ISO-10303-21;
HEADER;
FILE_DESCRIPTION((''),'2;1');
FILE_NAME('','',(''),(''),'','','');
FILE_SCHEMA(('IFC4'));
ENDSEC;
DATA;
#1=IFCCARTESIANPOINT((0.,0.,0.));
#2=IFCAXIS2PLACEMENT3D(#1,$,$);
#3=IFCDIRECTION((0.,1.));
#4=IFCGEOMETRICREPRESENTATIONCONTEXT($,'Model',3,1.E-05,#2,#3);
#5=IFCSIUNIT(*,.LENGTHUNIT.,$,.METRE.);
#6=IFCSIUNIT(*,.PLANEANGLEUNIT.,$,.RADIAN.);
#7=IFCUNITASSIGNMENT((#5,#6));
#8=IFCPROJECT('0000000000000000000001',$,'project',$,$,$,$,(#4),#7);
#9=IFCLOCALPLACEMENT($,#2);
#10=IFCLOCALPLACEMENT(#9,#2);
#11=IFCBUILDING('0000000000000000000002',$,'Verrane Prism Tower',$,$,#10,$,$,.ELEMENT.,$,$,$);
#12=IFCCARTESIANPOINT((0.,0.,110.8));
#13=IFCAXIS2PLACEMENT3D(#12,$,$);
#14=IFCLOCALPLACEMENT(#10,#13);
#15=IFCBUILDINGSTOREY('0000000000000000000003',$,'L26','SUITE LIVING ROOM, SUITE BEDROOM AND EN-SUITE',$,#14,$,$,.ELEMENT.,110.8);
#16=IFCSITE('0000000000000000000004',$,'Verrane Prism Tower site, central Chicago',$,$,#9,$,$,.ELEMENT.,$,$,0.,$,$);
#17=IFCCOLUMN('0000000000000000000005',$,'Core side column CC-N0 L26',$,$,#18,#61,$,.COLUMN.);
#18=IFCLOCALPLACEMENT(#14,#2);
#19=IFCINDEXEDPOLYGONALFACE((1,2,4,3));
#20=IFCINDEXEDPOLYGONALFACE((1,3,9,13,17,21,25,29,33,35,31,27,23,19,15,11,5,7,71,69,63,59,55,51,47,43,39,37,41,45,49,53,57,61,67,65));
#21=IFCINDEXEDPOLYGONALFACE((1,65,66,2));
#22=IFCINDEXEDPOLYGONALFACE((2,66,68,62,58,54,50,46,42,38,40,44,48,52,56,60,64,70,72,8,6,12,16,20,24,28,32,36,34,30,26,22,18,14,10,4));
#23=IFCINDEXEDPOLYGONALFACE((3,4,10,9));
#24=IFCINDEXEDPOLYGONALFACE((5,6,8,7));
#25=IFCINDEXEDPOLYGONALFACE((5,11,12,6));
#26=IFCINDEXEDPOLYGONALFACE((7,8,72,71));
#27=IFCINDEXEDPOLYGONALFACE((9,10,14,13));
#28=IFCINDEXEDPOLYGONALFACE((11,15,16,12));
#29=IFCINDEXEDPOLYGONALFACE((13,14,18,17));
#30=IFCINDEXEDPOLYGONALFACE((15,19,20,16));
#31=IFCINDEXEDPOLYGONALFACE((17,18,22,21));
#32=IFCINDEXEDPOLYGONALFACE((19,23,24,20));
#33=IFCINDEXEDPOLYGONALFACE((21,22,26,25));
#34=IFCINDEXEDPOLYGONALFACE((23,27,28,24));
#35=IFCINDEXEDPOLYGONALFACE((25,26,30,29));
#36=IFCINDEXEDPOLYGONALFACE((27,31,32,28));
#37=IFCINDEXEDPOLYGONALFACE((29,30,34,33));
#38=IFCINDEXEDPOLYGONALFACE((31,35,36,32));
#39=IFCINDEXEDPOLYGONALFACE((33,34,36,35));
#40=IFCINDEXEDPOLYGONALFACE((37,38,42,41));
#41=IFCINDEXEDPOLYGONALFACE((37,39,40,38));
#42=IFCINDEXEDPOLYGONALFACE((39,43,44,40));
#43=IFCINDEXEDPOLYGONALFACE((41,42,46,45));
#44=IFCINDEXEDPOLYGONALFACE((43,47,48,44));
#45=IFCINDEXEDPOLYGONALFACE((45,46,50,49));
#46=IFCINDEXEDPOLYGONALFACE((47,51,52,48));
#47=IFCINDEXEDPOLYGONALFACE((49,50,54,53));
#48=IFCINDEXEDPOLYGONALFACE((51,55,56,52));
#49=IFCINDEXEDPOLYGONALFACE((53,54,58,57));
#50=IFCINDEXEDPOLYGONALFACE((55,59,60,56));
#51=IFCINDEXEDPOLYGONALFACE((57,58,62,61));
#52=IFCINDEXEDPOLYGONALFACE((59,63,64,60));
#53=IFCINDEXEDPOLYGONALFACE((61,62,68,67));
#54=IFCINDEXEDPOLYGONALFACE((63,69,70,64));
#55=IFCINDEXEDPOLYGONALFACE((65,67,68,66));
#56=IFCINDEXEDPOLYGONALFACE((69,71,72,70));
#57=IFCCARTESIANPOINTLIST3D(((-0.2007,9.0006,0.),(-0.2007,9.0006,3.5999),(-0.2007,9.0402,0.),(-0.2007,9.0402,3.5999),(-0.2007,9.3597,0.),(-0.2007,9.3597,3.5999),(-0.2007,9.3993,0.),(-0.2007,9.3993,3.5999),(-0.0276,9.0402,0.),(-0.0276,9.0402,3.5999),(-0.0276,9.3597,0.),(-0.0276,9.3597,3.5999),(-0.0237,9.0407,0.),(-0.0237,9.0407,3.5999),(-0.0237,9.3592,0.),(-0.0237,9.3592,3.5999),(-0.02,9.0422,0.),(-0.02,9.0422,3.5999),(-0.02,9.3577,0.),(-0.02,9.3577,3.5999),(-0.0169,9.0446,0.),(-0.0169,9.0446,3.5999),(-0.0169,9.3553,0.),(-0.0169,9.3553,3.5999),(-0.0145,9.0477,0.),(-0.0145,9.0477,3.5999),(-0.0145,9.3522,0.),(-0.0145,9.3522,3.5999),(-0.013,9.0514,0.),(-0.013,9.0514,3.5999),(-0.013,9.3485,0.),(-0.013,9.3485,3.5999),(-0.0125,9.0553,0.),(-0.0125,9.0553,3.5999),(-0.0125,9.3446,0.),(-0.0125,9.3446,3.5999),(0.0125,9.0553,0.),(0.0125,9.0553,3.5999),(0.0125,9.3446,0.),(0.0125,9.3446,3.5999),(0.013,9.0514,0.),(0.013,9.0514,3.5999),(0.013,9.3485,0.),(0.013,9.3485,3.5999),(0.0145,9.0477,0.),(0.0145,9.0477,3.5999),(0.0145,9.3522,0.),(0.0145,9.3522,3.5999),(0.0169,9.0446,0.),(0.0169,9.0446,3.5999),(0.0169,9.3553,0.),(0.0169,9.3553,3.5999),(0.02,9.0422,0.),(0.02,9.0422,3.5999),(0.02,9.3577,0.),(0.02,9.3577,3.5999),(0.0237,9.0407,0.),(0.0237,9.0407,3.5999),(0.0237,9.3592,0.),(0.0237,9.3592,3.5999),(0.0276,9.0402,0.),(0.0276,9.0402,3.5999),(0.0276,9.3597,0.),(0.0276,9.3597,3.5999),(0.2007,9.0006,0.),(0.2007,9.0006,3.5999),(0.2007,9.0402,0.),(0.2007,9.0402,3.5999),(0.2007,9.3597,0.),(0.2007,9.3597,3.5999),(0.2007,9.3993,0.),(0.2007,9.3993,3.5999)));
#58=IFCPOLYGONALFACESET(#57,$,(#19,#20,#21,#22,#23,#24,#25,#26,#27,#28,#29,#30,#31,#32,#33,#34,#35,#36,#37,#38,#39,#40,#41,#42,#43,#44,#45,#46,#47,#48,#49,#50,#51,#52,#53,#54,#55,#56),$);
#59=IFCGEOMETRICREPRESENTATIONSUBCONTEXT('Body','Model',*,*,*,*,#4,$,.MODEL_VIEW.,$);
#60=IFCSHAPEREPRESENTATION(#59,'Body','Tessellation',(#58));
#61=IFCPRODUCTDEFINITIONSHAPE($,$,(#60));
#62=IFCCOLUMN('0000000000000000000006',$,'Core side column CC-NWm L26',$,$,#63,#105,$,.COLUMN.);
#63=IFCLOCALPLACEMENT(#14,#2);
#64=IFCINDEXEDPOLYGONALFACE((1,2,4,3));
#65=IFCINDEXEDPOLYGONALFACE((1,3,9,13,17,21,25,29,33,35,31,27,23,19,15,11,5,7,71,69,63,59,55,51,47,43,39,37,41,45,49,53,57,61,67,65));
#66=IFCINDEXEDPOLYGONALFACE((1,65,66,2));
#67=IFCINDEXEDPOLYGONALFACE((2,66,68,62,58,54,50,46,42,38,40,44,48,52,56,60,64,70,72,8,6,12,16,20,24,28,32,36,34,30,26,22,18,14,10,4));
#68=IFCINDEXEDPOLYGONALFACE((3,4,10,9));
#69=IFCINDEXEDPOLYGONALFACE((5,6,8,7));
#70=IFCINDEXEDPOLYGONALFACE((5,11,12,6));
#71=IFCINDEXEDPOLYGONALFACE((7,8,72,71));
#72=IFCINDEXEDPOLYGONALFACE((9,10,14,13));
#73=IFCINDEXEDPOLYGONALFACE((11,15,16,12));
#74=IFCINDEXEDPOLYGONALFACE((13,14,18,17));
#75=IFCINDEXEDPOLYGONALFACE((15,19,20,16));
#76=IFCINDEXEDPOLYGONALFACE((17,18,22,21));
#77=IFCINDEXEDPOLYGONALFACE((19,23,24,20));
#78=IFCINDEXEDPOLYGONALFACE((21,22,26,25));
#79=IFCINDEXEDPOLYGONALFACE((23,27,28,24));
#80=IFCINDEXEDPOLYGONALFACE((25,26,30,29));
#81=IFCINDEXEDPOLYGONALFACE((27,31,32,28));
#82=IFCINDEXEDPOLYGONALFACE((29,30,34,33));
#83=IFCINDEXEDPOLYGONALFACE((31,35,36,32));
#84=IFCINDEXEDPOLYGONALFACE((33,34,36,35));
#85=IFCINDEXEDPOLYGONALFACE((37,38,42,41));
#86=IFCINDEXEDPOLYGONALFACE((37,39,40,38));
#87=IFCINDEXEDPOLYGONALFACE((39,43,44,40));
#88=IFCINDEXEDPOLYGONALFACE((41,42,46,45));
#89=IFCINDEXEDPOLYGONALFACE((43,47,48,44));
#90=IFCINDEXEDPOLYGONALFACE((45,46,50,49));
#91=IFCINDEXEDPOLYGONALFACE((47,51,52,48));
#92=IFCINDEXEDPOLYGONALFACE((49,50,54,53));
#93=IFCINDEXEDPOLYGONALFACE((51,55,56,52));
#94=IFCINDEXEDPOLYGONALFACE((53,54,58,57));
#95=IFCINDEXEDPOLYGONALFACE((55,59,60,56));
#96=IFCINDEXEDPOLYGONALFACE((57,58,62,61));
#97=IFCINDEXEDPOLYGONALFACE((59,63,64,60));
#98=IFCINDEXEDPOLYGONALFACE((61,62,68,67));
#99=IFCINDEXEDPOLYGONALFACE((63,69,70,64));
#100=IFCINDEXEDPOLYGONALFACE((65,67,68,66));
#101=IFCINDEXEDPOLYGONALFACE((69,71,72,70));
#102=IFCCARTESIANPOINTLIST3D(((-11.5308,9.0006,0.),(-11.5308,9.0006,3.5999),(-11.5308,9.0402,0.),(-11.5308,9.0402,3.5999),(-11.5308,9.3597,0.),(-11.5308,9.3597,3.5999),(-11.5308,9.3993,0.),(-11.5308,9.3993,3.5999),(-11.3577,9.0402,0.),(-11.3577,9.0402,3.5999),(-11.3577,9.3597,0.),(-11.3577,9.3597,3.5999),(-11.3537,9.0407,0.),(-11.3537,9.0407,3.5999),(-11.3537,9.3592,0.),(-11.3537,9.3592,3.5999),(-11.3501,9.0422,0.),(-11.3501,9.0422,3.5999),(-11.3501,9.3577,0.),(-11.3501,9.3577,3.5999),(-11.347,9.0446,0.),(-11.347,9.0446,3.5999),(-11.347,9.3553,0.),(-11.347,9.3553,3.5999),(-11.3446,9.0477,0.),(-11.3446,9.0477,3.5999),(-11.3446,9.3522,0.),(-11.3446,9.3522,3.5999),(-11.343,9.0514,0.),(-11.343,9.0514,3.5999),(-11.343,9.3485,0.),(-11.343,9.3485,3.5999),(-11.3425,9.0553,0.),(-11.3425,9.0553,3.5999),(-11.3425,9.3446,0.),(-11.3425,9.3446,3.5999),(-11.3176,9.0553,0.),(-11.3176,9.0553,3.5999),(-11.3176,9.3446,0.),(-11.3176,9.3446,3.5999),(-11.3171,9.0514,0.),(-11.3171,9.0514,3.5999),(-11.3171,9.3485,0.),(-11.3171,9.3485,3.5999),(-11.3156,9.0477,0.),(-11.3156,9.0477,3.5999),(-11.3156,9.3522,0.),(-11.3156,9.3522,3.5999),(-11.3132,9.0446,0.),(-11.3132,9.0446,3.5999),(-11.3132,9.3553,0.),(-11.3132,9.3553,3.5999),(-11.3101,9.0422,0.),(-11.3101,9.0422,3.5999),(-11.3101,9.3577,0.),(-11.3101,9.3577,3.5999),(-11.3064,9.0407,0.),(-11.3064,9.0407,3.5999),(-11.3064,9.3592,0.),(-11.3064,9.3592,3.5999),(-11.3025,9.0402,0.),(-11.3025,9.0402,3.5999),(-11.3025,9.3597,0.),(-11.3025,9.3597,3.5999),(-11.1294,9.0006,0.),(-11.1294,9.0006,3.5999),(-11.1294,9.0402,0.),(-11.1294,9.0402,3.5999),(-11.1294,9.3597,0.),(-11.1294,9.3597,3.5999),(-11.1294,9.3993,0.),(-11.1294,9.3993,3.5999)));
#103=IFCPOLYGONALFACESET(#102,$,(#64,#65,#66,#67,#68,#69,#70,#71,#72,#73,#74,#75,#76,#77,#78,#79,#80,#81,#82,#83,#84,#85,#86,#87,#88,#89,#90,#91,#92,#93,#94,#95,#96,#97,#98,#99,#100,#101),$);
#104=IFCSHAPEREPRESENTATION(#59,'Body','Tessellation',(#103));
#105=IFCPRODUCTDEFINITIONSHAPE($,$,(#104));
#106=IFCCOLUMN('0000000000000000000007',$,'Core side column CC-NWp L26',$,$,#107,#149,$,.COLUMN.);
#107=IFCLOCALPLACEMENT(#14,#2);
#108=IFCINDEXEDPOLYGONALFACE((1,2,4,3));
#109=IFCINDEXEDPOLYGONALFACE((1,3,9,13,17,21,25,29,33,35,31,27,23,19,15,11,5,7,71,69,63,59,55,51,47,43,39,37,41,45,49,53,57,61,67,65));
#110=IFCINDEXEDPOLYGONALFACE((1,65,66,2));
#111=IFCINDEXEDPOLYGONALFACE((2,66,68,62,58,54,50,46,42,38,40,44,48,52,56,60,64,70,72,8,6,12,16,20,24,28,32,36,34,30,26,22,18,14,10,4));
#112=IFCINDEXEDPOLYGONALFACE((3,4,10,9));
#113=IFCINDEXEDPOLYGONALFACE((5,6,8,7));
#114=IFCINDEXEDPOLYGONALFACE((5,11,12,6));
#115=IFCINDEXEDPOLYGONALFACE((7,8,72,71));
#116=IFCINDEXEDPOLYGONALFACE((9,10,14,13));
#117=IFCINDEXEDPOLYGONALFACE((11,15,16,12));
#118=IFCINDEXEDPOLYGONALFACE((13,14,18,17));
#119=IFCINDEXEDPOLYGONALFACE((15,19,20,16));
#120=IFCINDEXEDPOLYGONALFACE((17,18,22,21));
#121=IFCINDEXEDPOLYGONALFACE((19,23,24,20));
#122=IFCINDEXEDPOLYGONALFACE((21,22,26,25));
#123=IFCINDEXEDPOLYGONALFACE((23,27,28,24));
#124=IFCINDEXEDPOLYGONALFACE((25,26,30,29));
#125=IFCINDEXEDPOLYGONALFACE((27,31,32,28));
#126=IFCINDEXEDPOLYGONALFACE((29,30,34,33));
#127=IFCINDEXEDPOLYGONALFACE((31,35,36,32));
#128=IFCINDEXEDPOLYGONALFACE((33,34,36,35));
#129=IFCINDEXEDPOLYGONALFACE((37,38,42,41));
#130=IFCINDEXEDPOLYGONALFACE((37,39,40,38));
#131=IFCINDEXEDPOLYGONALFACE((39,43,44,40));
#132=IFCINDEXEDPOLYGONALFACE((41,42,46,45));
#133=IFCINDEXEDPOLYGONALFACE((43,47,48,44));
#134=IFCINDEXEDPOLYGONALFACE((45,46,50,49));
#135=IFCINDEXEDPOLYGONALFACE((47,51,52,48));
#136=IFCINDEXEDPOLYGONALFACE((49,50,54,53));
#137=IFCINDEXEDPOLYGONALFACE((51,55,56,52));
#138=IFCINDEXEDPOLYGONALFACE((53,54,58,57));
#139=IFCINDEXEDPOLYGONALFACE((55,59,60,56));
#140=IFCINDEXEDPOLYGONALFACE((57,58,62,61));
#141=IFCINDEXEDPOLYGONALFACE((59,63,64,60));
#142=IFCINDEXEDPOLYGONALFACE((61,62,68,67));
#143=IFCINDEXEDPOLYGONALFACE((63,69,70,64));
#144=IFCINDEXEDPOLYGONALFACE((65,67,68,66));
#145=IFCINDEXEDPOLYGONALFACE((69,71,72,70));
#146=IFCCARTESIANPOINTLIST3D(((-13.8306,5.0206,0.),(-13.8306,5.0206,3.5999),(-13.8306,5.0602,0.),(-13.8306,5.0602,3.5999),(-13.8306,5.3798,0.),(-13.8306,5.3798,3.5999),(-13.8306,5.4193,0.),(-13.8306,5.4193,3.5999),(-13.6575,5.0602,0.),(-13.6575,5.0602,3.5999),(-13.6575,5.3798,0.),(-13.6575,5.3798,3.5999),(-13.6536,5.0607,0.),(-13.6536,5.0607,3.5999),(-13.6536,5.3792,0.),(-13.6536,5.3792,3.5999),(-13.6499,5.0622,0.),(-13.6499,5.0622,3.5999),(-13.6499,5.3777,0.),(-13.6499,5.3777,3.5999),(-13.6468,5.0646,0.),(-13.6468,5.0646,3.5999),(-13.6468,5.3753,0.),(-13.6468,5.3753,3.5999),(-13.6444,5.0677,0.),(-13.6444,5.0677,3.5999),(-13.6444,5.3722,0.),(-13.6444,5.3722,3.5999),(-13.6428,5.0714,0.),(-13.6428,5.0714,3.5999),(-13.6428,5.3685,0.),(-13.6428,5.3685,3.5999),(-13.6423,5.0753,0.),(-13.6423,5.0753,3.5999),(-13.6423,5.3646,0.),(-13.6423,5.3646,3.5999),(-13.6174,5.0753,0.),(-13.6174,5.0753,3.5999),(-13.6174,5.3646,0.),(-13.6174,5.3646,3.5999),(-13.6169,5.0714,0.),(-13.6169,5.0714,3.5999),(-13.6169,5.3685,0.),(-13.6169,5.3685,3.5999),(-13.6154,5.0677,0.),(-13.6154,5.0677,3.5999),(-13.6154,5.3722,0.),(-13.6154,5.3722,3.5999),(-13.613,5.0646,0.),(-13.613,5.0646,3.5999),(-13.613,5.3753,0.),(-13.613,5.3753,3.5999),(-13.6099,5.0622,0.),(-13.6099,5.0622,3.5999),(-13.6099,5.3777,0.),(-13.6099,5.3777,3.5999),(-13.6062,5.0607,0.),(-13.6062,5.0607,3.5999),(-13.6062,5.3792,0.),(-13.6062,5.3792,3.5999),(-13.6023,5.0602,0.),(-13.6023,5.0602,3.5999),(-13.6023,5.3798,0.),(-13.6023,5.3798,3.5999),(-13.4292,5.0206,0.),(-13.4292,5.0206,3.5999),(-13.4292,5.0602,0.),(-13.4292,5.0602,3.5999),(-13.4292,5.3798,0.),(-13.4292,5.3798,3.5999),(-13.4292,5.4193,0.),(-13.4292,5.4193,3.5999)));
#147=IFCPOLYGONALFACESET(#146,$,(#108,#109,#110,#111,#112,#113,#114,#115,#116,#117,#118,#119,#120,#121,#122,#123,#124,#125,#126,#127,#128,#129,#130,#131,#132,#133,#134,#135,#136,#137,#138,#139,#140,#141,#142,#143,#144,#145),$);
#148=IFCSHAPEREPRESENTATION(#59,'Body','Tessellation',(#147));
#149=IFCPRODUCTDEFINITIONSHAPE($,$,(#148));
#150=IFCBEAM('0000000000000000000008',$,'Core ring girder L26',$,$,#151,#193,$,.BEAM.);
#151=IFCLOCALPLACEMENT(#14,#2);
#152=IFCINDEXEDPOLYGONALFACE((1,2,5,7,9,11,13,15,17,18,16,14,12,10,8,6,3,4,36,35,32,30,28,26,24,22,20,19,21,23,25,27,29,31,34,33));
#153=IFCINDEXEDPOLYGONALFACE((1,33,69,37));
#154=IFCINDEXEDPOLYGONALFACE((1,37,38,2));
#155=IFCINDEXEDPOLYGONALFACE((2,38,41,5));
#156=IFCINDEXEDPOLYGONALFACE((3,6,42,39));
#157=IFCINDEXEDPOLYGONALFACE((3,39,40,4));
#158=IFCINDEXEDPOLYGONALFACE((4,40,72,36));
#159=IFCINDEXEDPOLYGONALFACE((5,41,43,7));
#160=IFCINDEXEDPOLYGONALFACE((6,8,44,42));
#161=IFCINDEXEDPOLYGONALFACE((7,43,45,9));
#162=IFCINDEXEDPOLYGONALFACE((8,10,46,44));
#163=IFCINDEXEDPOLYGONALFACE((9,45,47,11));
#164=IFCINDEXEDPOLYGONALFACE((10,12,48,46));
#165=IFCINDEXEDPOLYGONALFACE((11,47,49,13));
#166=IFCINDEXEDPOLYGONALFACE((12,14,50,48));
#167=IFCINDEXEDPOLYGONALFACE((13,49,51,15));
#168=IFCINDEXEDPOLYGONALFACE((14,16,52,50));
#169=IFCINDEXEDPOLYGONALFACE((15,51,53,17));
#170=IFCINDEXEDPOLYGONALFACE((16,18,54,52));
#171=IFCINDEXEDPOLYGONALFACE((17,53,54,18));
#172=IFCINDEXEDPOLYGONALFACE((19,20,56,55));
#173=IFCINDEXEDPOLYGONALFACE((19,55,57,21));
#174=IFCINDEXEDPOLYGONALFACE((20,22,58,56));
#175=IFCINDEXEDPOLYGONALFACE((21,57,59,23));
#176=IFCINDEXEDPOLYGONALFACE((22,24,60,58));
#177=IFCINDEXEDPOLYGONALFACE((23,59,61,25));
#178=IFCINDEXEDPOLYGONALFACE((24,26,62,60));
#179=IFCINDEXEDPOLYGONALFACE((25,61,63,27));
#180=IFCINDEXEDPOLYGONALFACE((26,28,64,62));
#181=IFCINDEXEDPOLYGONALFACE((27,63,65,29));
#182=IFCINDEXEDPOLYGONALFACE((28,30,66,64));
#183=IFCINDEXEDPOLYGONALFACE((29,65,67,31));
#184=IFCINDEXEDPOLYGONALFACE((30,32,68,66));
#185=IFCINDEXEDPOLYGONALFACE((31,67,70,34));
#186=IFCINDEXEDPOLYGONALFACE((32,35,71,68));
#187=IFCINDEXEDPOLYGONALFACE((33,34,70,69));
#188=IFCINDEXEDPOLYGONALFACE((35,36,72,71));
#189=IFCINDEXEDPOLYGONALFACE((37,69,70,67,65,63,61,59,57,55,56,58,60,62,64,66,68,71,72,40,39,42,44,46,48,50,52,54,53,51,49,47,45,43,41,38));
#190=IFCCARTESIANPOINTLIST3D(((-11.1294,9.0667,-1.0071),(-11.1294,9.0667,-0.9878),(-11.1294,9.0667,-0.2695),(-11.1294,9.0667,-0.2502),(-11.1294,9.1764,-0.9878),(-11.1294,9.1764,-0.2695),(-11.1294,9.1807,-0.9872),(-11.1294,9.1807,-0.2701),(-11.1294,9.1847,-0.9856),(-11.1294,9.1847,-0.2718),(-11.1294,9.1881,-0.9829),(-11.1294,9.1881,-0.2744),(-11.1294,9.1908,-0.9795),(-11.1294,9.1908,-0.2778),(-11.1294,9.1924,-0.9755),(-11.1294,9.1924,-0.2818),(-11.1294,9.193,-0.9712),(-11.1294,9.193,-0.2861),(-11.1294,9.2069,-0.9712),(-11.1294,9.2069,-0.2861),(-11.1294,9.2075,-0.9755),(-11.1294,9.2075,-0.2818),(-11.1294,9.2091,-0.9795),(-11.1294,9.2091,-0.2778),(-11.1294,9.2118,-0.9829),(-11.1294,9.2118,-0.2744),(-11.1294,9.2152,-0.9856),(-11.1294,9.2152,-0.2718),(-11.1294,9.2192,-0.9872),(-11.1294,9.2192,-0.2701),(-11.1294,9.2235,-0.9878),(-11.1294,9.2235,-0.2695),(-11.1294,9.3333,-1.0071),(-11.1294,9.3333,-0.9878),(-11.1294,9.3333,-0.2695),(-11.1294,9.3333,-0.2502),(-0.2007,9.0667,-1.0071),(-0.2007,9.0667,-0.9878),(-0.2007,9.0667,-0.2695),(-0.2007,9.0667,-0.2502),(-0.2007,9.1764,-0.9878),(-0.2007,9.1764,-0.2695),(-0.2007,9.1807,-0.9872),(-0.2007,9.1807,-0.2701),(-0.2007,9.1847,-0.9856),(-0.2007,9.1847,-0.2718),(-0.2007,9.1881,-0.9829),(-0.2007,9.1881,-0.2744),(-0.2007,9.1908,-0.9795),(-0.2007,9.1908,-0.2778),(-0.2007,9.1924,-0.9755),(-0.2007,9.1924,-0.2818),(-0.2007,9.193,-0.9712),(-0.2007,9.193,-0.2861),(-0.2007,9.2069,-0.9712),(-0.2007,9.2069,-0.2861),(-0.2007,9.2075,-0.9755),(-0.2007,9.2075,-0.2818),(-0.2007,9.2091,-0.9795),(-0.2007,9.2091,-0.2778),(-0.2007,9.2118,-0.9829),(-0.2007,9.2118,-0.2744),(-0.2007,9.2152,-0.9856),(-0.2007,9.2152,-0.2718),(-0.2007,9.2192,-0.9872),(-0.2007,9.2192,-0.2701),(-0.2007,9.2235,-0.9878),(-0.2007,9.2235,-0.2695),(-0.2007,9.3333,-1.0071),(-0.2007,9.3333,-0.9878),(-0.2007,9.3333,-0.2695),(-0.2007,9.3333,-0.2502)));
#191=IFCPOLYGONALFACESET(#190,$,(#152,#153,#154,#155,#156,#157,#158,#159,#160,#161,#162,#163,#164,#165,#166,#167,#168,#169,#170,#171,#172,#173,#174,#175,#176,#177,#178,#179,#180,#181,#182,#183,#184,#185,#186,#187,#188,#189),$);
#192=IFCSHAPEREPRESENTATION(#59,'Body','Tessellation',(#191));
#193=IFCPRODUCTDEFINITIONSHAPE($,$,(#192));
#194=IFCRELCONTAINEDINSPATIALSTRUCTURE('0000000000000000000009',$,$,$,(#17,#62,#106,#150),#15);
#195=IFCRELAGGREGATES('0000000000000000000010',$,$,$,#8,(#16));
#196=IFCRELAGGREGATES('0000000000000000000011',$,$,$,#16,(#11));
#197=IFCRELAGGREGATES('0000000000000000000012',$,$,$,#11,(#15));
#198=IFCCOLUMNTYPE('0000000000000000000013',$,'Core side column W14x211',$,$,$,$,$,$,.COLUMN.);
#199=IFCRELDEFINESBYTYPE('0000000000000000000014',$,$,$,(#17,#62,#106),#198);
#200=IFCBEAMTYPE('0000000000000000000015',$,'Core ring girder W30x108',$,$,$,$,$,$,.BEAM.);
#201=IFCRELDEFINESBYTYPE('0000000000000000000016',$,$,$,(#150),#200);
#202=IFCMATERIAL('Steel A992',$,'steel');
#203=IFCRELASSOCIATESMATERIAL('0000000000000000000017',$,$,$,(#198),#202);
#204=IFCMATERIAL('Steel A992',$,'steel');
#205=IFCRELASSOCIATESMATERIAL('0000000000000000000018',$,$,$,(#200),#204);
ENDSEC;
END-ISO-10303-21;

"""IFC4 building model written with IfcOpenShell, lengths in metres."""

from ifc_helpers import new_model, si_unit, direction, frame, origin, origin_2d, place, context, subcontext, project, spatial, i_section, extrude, material, material_profile, profile_set, type_object, element, save


model = new_model("IFC4")

# Units and contexts
model_context = context("Model", 3, precision=1e-05, world=origin(), true_north=direction((0.0, 1.0)))
body_context = subcontext(model_context, "Body", "Model", "MODEL_VIEW")
ifc_project = project(units=[si_unit("LENGTHUNIT", "METRE"), si_unit("PLANEANGLEUNIT", "RADIAN")], contexts=[model_context])

# Site, building, storey
site_placement = place(None, origin())
site = spatial("IfcSite", under=ifc_project, at=site_placement, Name="Verrane Prism Tower site, central Chicago", CompositionType="ELEMENT", RefElevation=0.0)
building_placement = place(site_placement, origin())
building = spatial("IfcBuilding", under=site, at=building_placement, Name="Verrane Prism Tower", CompositionType="ELEMENT")
storey_placement = place(building_placement, frame((0.0, 0.0, 110.8)))
storey = spatial("IfcBuildingStorey", under=building, at=storey_placement, Name="L26", Description="SUITE LIVING ROOM, SUITE BEDROOM AND EN-SUITE", CompositionType="ELEMENT", Elevation=110.8)

# Columns
ifc_material_1 = material(Name="Steel A992", Category="steel")
ifc_material_profile_1 = material_profile(ifc_material_1, i_section(OverallWidth=0.4014, OverallDepth=0.3987, WebThickness=0.0249, FlangeThickness=0.0396, FilletRadius=0.0151, at=origin_2d()), Name="W14x211")
ifc_profile_set_1 = profile_set([ifc_material_profile_1], Name="Steel A992")
column_type = type_object("IfcColumnType", Name="Core side column W14x211", PredefinedType="COLUMN", material=ifc_profile_set_1)
for number, where, z_axis, x_axis, name in (
    (1, (0.0, 9.2, 0.0), (0.0, 0.0, 1.0), (1.0, 0.0, 0.0), "Core side column CC-N0 L26"),
    (2, (-11.3301, 9.2, 0.0), (0.0, 0.0, 1.0), (1.0, 0.0, 0.0), "Core side column CC-NWm L26"),
    (3, (-13.6299, 5.22, 0.0), (0.0, 0.0, 1.0), (1.0, 0.0, 0.0), "Core side column CC-NWp L26"),
):
    element("IfcColumn", number, at=place(storey_placement, frame(where, z_axis=z_axis, x_axis=x_axis)), inside=storey, type_object=column_type, Name=name, PredefinedType="COLUMN", context=body_context, shape_type="SweptSolid", body=[
        extrude(i_section(OverallWidth=0.4014, OverallDepth=0.3987, WebThickness=0.0249, FlangeThickness=0.0396, FilletRadius=0.0151, at=origin_2d()), origin(), (0.0, 0.0, 1.0), 3.5999),
    ])

# Beam
ifc_material_2 = material(Name="Steel A992", Category="steel")
ifc_material_profile_2 = material_profile(ifc_material_2, i_section(OverallWidth=0.2666, OverallDepth=0.7568, WebThickness=0.0139, FlangeThickness=0.0193, FilletRadius=0.0166, at=origin_2d()), Name="W30x108")
ifc_profile_set_2 = profile_set([ifc_material_profile_2], Name="Steel A992")
beam_type = type_object("IfcBeamType", Name="Core ring girder W30x108", PredefinedType="BEAM", material=ifc_profile_set_2)
beam_1_placement = place(storey_placement, frame((-0.2007, 9.2, -0.6287), z_axis=(-1.0, 0.0, 0.0), x_axis=(0.0, -1.0, 0.0)))
element("IfcBeam", 4, at=beam_1_placement, inside=storey, type_object=beam_type, Name="Core ring girder L26", PredefinedType="BEAM", context=body_context, shape_type="SweptSolid", body=[
    extrude(i_section(OverallWidth=0.2666, OverallDepth=0.7568, WebThickness=0.0139, FlangeThickness=0.0193, FilletRadius=0.0166, at=origin_2d()), origin(), (0.0, 0.0, 1.0), 10.9287),
])

save(model, "model.ifc")
